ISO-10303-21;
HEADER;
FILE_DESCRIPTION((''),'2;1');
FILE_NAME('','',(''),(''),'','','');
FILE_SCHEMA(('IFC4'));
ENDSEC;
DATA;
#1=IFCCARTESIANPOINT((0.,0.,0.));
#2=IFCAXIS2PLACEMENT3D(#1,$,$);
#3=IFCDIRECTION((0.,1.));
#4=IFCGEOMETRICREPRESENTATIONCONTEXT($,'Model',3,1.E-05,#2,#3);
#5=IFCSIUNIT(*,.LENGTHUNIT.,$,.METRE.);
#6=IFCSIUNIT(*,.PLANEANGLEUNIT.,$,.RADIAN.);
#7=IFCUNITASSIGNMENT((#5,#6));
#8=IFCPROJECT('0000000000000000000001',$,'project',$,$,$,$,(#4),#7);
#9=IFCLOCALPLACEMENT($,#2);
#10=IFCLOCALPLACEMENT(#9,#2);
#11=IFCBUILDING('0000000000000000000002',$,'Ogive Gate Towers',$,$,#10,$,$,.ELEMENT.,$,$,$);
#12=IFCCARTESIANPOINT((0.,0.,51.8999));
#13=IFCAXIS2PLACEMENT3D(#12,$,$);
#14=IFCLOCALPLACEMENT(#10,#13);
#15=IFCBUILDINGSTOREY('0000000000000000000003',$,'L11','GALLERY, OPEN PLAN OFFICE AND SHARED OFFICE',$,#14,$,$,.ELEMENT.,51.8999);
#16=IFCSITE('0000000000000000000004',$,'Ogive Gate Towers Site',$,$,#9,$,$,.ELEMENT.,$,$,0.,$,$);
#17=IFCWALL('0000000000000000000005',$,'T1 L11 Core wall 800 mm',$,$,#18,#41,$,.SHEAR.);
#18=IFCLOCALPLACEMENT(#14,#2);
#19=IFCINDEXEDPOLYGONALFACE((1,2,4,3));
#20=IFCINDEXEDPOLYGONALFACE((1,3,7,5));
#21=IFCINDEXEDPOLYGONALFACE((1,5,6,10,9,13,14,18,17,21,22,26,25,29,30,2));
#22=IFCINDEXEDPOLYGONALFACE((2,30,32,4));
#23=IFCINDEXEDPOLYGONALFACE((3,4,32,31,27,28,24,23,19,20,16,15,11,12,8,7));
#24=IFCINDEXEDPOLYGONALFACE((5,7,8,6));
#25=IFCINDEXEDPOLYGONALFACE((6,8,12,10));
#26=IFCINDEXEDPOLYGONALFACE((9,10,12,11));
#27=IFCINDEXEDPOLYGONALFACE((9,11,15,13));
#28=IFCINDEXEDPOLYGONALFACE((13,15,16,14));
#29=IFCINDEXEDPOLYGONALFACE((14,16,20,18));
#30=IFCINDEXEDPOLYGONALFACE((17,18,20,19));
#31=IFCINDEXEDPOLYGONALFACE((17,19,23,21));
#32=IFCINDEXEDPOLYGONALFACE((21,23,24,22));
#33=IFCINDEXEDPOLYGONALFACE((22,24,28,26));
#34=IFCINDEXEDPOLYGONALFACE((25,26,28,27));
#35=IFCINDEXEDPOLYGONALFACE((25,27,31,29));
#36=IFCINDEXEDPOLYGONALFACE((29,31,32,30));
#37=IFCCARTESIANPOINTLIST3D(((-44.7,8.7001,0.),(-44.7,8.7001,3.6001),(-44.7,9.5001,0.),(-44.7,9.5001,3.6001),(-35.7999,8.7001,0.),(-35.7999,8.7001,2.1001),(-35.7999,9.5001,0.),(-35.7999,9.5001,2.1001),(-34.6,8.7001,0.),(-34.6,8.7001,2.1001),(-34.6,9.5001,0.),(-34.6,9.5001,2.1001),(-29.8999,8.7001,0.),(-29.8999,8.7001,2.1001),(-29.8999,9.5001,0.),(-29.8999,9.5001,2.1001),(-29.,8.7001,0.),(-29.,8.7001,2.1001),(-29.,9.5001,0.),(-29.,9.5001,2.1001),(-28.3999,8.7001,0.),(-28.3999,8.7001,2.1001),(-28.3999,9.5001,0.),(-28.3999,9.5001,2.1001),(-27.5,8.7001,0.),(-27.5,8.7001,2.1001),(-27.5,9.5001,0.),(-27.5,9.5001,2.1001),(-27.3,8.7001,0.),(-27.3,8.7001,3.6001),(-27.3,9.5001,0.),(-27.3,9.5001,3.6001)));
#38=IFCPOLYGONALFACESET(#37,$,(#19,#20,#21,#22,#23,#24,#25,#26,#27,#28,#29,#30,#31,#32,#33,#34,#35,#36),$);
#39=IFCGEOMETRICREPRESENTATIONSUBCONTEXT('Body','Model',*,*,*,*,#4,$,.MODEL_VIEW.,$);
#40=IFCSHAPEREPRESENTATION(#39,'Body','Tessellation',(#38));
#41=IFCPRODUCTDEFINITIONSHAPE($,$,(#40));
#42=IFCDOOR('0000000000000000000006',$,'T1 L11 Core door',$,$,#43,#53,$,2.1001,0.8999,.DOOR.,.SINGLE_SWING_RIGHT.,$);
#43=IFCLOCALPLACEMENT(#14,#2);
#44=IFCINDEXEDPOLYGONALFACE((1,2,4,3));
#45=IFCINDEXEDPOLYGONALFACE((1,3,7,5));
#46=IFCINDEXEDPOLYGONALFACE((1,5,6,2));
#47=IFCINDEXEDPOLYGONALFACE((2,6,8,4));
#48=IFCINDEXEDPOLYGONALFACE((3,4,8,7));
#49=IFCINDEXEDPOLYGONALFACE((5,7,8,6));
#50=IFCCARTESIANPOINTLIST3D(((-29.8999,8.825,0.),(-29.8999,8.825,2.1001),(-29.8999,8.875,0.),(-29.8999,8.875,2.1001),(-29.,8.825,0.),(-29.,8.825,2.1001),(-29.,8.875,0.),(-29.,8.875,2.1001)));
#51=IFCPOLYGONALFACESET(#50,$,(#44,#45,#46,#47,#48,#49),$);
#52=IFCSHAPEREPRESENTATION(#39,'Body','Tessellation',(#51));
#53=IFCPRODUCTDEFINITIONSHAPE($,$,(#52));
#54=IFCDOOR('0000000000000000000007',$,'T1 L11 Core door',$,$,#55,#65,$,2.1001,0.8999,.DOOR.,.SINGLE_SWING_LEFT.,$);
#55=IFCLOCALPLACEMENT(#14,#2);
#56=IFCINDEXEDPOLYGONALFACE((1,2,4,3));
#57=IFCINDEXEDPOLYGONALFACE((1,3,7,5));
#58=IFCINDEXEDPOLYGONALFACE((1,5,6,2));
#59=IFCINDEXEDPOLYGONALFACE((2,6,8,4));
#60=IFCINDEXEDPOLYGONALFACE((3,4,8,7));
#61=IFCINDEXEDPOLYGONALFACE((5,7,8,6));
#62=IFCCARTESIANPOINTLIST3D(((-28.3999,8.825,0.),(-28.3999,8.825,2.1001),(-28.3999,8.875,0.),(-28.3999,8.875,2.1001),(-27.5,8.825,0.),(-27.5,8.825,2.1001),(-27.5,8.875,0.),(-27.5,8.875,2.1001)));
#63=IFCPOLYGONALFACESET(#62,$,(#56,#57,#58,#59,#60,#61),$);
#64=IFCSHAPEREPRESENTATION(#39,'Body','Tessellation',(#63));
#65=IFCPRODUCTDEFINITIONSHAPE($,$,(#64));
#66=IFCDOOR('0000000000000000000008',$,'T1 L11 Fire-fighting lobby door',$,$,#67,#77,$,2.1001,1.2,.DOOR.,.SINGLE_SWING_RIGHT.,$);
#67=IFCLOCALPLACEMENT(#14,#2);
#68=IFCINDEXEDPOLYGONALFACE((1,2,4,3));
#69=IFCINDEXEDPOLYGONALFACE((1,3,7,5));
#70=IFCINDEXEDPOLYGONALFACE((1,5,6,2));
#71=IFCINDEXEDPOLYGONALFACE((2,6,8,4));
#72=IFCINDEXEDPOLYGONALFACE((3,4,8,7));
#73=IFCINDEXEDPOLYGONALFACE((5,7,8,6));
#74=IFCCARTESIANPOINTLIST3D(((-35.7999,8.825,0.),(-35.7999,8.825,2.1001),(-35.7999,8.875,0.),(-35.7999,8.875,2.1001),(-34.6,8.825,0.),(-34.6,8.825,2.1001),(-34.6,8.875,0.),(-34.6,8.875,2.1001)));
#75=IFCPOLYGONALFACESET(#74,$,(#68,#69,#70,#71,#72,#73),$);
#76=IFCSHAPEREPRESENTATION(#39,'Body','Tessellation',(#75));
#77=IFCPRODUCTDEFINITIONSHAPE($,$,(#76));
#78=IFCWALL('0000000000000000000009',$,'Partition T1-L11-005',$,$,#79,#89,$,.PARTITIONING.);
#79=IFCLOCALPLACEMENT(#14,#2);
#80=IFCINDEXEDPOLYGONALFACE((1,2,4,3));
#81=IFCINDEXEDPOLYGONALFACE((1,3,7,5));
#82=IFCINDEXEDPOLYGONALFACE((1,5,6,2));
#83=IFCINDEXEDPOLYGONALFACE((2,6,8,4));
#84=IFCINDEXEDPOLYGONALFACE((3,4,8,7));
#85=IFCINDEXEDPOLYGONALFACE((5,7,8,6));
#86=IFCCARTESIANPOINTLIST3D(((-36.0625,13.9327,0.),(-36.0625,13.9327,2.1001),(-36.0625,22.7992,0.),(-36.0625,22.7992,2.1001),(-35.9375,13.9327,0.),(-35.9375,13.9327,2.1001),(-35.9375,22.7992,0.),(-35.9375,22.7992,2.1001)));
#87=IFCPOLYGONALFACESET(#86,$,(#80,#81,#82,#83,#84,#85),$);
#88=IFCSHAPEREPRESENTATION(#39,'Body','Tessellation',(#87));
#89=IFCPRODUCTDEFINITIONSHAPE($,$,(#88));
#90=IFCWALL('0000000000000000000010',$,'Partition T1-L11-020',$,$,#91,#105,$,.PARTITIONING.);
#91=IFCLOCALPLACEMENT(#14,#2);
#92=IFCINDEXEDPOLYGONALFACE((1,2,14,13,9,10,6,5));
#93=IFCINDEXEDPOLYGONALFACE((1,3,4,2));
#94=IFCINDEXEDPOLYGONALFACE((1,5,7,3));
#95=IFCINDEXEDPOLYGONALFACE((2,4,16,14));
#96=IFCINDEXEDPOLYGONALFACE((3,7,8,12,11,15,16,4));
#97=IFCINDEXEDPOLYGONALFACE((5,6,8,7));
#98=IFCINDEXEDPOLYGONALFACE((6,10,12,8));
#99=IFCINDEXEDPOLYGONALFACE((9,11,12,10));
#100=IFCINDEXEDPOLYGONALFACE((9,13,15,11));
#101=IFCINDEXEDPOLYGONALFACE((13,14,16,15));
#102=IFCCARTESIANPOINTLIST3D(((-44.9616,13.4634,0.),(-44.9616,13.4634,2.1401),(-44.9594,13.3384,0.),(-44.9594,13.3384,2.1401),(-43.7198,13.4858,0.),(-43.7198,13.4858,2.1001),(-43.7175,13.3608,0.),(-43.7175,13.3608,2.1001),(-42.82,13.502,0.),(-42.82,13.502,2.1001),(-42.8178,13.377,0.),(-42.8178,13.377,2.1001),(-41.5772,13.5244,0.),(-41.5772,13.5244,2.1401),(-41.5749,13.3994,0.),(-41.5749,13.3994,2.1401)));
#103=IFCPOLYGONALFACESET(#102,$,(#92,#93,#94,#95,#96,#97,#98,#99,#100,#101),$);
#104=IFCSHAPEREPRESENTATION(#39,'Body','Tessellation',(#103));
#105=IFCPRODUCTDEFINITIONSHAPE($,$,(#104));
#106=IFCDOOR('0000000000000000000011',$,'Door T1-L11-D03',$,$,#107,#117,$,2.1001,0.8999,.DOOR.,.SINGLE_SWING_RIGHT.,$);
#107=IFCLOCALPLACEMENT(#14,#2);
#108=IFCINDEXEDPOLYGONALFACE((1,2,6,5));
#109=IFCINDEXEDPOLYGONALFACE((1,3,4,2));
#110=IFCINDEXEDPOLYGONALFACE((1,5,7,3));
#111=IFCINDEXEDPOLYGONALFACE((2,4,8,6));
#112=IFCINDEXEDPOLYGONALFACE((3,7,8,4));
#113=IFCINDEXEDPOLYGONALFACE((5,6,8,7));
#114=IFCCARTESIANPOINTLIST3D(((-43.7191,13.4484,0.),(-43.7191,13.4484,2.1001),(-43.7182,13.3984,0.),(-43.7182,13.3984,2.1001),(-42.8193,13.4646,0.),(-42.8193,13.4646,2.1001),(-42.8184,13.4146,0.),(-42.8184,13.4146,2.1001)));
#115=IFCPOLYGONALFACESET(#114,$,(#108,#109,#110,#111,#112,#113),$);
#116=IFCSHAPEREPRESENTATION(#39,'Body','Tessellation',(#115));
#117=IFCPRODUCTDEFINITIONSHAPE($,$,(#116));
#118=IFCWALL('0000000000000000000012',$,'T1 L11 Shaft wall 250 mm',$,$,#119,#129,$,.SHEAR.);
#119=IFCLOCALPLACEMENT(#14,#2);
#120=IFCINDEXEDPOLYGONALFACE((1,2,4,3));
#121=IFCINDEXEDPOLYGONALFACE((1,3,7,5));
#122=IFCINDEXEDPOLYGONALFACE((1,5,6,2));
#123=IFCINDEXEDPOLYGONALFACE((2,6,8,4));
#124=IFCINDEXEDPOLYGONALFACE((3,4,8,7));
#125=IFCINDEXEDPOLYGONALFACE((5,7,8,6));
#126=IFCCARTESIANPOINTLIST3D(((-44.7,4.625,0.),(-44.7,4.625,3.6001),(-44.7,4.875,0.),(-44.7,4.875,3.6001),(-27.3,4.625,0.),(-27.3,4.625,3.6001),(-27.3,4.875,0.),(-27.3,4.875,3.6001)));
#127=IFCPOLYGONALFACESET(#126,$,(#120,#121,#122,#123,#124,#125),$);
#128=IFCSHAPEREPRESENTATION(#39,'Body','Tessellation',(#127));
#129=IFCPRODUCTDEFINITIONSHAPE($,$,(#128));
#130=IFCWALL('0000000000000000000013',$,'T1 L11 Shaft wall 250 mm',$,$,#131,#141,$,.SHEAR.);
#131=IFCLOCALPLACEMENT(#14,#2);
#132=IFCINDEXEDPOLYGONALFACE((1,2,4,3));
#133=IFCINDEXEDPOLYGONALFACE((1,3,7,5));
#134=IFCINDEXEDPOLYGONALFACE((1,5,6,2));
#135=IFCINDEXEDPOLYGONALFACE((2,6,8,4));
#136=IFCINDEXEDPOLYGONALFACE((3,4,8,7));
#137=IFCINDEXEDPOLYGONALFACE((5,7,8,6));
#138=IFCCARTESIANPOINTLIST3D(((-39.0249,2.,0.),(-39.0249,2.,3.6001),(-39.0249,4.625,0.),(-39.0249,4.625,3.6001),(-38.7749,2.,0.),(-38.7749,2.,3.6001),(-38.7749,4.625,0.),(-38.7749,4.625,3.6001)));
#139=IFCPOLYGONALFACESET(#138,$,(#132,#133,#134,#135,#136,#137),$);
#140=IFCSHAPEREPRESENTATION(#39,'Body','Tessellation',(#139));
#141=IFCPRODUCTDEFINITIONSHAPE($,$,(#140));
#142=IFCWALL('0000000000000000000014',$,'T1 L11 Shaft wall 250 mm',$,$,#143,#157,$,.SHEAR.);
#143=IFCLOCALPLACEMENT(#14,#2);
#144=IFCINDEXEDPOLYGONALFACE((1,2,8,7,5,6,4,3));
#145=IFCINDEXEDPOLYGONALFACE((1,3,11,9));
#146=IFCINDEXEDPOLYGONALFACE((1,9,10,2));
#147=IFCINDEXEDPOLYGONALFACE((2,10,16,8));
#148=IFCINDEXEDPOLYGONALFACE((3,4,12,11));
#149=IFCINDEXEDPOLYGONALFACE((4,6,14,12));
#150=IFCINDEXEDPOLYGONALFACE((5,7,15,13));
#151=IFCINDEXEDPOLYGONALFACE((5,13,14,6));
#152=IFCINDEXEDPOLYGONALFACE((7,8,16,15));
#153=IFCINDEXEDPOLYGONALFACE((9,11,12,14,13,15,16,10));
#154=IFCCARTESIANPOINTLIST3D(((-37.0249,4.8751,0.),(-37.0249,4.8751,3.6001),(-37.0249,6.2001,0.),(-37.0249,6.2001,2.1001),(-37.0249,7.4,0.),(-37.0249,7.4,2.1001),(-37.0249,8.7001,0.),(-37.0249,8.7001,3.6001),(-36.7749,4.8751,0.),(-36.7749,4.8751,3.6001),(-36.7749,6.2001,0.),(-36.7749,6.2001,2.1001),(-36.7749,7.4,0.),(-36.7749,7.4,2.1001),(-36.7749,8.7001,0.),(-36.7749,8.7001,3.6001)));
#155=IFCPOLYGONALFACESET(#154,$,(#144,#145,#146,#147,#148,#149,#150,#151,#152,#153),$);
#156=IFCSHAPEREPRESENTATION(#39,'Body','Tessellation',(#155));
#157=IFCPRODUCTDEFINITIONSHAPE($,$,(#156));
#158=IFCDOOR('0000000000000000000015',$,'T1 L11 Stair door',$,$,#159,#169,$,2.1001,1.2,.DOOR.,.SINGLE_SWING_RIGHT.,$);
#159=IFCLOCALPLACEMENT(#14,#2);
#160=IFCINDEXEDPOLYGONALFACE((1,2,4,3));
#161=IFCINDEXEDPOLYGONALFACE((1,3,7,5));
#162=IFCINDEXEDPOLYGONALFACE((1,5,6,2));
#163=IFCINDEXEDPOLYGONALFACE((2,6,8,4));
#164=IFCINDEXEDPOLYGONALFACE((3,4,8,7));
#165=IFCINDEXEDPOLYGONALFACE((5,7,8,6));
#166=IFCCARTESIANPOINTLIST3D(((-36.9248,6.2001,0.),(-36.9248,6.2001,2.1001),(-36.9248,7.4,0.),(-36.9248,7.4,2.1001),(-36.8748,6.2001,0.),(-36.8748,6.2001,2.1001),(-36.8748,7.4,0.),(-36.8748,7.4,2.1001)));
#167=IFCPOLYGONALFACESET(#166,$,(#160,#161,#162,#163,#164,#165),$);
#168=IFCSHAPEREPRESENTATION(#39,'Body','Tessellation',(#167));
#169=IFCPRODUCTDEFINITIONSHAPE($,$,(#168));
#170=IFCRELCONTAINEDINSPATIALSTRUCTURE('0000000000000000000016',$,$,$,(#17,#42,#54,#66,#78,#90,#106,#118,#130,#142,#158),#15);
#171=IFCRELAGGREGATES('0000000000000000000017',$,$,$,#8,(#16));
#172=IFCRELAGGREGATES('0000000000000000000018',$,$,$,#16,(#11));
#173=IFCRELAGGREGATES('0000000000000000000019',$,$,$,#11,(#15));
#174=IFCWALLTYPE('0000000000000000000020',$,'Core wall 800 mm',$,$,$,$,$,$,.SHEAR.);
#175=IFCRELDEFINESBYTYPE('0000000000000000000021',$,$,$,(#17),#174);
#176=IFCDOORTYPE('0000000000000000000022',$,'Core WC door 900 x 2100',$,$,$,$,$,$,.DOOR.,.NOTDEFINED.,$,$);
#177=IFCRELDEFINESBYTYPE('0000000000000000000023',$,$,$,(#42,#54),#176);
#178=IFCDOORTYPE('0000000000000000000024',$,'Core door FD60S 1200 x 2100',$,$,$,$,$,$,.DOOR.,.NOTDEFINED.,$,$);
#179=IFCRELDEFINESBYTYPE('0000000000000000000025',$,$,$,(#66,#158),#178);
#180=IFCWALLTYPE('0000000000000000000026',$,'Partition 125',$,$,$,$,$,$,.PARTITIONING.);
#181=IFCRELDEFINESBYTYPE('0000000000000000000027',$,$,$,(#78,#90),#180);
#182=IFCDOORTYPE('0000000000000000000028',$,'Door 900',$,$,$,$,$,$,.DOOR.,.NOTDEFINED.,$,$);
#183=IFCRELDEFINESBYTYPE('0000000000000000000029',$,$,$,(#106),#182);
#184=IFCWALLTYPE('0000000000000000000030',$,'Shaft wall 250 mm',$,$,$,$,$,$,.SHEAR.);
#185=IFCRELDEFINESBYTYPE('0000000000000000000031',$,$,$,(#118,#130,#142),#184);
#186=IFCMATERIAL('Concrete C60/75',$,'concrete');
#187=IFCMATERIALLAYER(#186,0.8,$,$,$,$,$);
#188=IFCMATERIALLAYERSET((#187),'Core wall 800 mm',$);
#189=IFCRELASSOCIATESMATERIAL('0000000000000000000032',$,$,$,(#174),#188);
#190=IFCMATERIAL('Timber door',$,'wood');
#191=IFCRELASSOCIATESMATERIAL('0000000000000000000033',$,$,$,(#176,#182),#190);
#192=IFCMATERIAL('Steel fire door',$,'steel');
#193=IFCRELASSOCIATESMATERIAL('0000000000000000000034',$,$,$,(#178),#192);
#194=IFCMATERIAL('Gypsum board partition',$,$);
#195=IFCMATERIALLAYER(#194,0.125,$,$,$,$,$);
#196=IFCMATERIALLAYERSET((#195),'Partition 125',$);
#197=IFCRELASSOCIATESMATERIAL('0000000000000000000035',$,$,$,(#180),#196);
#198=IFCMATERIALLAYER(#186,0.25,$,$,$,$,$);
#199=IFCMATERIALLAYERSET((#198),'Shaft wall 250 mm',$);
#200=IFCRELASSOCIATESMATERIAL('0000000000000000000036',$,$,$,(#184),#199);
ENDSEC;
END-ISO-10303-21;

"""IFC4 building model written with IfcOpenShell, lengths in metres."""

from ifc_helpers import new_model, si_unit, direction, frame, frame_2d, origin, place, context, subcontext, project, spatial, rectangle, extrude, material, layer, layer_set, type_object, element, fill, save


model = new_model("IFC4")

# Units and contexts
model_context = context("Model", 3, precision=1e-05, world=origin(), true_north=direction((0.0, 1.0)))
body_context = subcontext(model_context, "Body", "Model", "MODEL_VIEW")
ifc_project = project(units=[si_unit("LENGTHUNIT", "METRE"), si_unit("PLANEANGLEUNIT", "RADIAN")], contexts=[model_context])

# Site, building, storey
site_placement = place(None, origin())
site = spatial("IfcSite", under=ifc_project, at=site_placement, Name="Ogive Gate Towers Site", CompositionType="ELEMENT", RefElevation=0.0)
building_placement = place(site_placement, origin())
building = spatial("IfcBuilding", under=site, at=building_placement, Name="Ogive Gate Towers", CompositionType="ELEMENT")
storey_placement = place(building_placement, frame((0.0, 0.0, 51.8999)))
storey = spatial("IfcBuildingStorey", under=building, at=storey_placement, Name="L11", Description="GALLERY, OPEN PLAN OFFICE AND SHARED OFFICE", CompositionType="ELEMENT", Elevation=51.8999)

# Wall, openings, doors
ifc_material_1 = material(Name="Concrete C60/75", Category="concrete")
ifc_layer_1 = layer(ifc_material_1, 0.8)
ifc_layer_set_1 = layer_set([ifc_layer_1], Name="Core wall 800 mm")
wall_type_1 = type_object("IfcWallType", Name="Core wall 800 mm", PredefinedType="SHEAR", material=ifc_layer_set_1)
wall_1_placement = place(storey_placement, frame((-44.7, 9.1001, 0.0), z_axis=(0.0, 0.0, 1.0), x_axis=(1.0, 0.0, 0.0)))
wall_1 = element("IfcWall", 1, at=wall_1_placement, inside=storey, type_object=wall_type_1, Name="T1 L11 Core wall 800 mm", PredefinedType="SHEAR", context=body_context, shape_type="SweptSolid", body=[
    extrude(rectangle(XDim=17.3999, YDim=0.8, at=frame_2d((8.7, 0.0))), origin(), (0.0, 0.0, 1.0), 3.6001),
])
opening_1_placement = place(wall_1_placement, frame((8.8999, 0.0, 0.0)))
opening_1 = element("IfcOpeningElement", 2, at=opening_1_placement, cuts=wall_1, PredefinedType="OPENING", context=body_context, shape_type="SweptSolid", body=[
    extrude(rectangle(XDim=1.2, YDim=2.1001, at=frame_2d((0.6001, 1.05))), frame((0.0, 0.4102, 0.0), z_axis=(0.0, -1.0, 0.0), x_axis=(1.0, 0.0, 0.0)), (0.0, 0.0, 1.0), 0.8201),
])
opening_2_placement = place(wall_1_placement, frame((14.8, 0.0, 0.0)))
opening_2 = element("IfcOpeningElement", 3, at=opening_2_placement, cuts=wall_1, PredefinedType="OPENING", context=body_context, shape_type="SweptSolid", body=[
    extrude(rectangle(XDim=0.8999, YDim=2.1001, at=frame_2d((0.45, 1.05))), frame((0.0, 0.4102, 0.0), z_axis=(0.0, -1.0, 0.0), x_axis=(1.0, 0.0, 0.0)), (0.0, 0.0, 1.0), 0.8201),
])
opening_3_placement = place(wall_1_placement, frame((16.3, 0.0, 0.0)))
opening_3 = element("IfcOpeningElement", 4, at=opening_3_placement, cuts=wall_1, PredefinedType="OPENING", context=body_context, shape_type="SweptSolid", body=[
    extrude(rectangle(XDim=0.8999, YDim=2.1001, at=frame_2d((0.45, 1.05))), frame((0.0, 0.4102, 0.0), z_axis=(0.0, -1.0, 0.0), x_axis=(1.0, 0.0, 0.0)), (0.0, 0.0, 1.0), 0.8201),
])
ifc_material_2 = material(Name="Timber door", Category="wood")
door_type_1 = type_object("IfcDoorType", Name="Core WC door 900 x 2100", OperationType="NOTDEFINED", PredefinedType="DOOR", material=ifc_material_2)
door_1_placement = place(opening_2_placement, origin())
door_1 = element("IfcDoor", 5, at=door_1_placement, inside=storey, type_object=door_type_1, Name="T1 L11 Core door", OperationType="SINGLE_SWING_RIGHT", OverallHeight=2.1001, OverallWidth=0.8999, PredefinedType="DOOR", context=body_context, shape_type="SweptSolid", body=[
    extrude(rectangle(XDim=0.8999, YDim=2.1001, at=frame_2d((0.45, 1.05))), frame((0.0, -0.2251, 0.0), z_axis=(0.0, -1.0, 0.0), x_axis=(1.0, 0.0, 0.0)), (0.0, 0.0, 1.0), 0.05),
])
fill(opening_2, door_1)
door_2_placement = place(opening_3_placement, origin())
door_2 = element("IfcDoor", 6, at=door_2_placement, inside=storey, type_object=door_type_1, Name="T1 L11 Core door", OperationType="SINGLE_SWING_LEFT", OverallHeight=2.1001, OverallWidth=0.8999, PredefinedType="DOOR", context=body_context, shape_type="SweptSolid", body=[
    extrude(rectangle(XDim=0.8999, YDim=2.1001, at=frame_2d((0.45, 1.05))), frame((0.0, -0.2251, 0.0), z_axis=(0.0, -1.0, 0.0), x_axis=(1.0, 0.0, 0.0)), (0.0, 0.0, 1.0), 0.05),
])
fill(opening_3, door_2)
ifc_material_3 = material(Name="Steel fire door", Category="steel")
door_type_2 = type_object("IfcDoorType", Name="Core door FD60S 1200 x 2100", OperationType="NOTDEFINED", PredefinedType="DOOR", material=ifc_material_3)
door_3_placement = place(opening_1_placement, origin())
door_3 = element("IfcDoor", 7, at=door_3_placement, inside=storey, type_object=door_type_2, Name="T1 L11 Fire-fighting lobby door", OperationType="SINGLE_SWING_RIGHT", OverallHeight=2.1001, OverallWidth=1.2, PredefinedType="DOOR", context=body_context, shape_type="SweptSolid", body=[
    extrude(rectangle(XDim=1.2, YDim=2.1001, at=frame_2d((0.6001, 1.05))), frame((0.0, -0.2251, 0.0), z_axis=(0.0, -1.0, 0.0), x_axis=(1.0, 0.0, 0.0)), (0.0, 0.0, 1.0), 0.05),
])
fill(opening_1, door_3)

# Wall
ifc_material_4 = material(Name="Gypsum board partition")
ifc_layer_2 = layer(ifc_material_4, 0.125)
ifc_layer_set_2 = layer_set([ifc_layer_2], Name="Partition 125")
wall_type_2 = type_object("IfcWallType", Name="Partition 125", PredefinedType="PARTITIONING", material=ifc_layer_set_2)
wall_2_placement = place(storey_placement, frame((-36.0, 22.7991, 0.0), z_axis=(0.0, 0.0, 1.0), x_axis=(0.0, -1.0, 0.0)))
element("IfcWall", 8, at=wall_2_placement, inside=storey, type_object=wall_type_2, Name="Partition T1-L11-005", PredefinedType="PARTITIONING", context=body_context, shape_type="SweptSolid", body=[
    extrude(rectangle(XDim=8.8665, YDim=0.125, at=frame_2d((4.4331, 0.0))), origin(), (0.0, 0.0, 1.0), 2.1001),
])

# Wall, opening, door
wall_3_placement = place(storey_placement, frame((-41.5762, 13.4619, 0.0), z_axis=(0.0, 0.0, 1.0), x_axis=(-0.999837, -0.018031, 0.0)))
wall_3 = element("IfcWall", 9, at=wall_3_placement, inside=storey, type_object=wall_type_2, Name="Partition T1-L11-020", PredefinedType="PARTITIONING", context=body_context, shape_type="SweptSolid", body=[
    extrude(rectangle(XDim=3.385, YDim=0.125, at=frame_2d((1.6924, 0.0))), origin(), (0.0, 0.0, 1.0), 2.1401),
])
opening_4_placement = place(wall_3_placement, frame((1.2429, 0.0, 0.0)))
opening_4 = element("IfcOpeningElement", 10, at=opening_4_placement, cuts=wall_3, PredefinedType="OPENING", context=body_context, shape_type="SweptSolid", body=[
    extrude(rectangle(XDim=0.8999, YDim=2.1001, at=frame_2d((0.45, 1.05))), frame((0.0, 0.0725, 0.0), z_axis=(0.0, -1.0, 0.0), x_axis=(1.0, 0.0, 0.0)), (0.0, 0.0, 1.0), 0.145),
])
door_type_3 = type_object("IfcDoorType", Name="Door 900", OperationType="NOTDEFINED", PredefinedType="DOOR", material=ifc_material_2)
door_4_placement = place(opening_4_placement, origin())
door_4 = element("IfcDoor", 11, at=door_4_placement, inside=storey, type_object=door_type_3, Name="Door T1-L11-D03", OperationType="SINGLE_SWING_RIGHT", OverallHeight=2.1001, OverallWidth=0.8999, PredefinedType="DOOR", context=body_context, shape_type="SweptSolid", body=[
    extrude(rectangle(XDim=0.8999, YDim=2.1001, at=frame_2d((0.45, 1.05))), frame((0.0, 0.0249, 0.0), z_axis=(0.0, -1.0, 0.0), x_axis=(1.0, 0.0, 0.0)), (0.0, 0.0, 1.0), 0.05),
])
fill(opening_4, door_4)

# Walls
ifc_layer_3 = layer(ifc_material_1, 0.25)
ifc_layer_set_3 = layer_set([ifc_layer_3], Name="Shaft wall 250 mm")
wall_type_3 = type_object("IfcWallType", Name="Shaft wall 250 mm", PredefinedType="SHEAR", material=ifc_layer_set_3)
wall_4_placement = place(storey_placement, frame((-44.7, 4.75, 0.0), z_axis=(0.0, 0.0, 1.0), x_axis=(1.0, 0.0, 0.0)))
element("IfcWall", 12, at=wall_4_placement, inside=storey, type_object=wall_type_3, Name="T1 L11 Shaft wall 250 mm", PredefinedType="SHEAR", context=body_context, shape_type="SweptSolid", body=[
    extrude(rectangle(XDim=17.3999, YDim=0.25, at=frame_2d((8.7, 0.0))), origin(), (0.0, 0.0, 1.0), 3.6001),
])
wall_5_placement = place(storey_placement, frame((-38.8999, 2.0, 0.0), z_axis=(0.0, 0.0, 1.0), x_axis=(0.0, 1.0, 0.0)))
element("IfcWall", 13, at=wall_5_placement, inside=storey, type_object=wall_type_3, Name="T1 L11 Shaft wall 250 mm", PredefinedType="SHEAR", context=body_context, shape_type="SweptSolid", body=[
    extrude(rectangle(XDim=2.625, YDim=0.25, at=frame_2d((1.3125, 0.0))), origin(), (0.0, 0.0, 1.0), 3.6001),
])

# Wall, opening, door
wall_6_placement = place(storey_placement, frame((-36.8999, 4.875, 0.0), z_axis=(0.0, 0.0, 1.0), x_axis=(0.0, 1.0, 0.0)))
wall_6 = element("IfcWall", 14, at=wall_6_placement, inside=storey, type_object=wall_type_3, Name="T1 L11 Shaft wall 250 mm", PredefinedType="SHEAR", context=body_context, shape_type="SweptSolid", body=[
    extrude(rectangle(XDim=3.825, YDim=0.25, at=frame_2d((1.9126, 0.0))), origin(), (0.0, 0.0, 1.0), 3.6001),
])
opening_5_placement = place(wall_6_placement, frame((1.325, 0.0, 0.0)))
opening_5 = element("IfcOpeningElement", 15, at=opening_5_placement, cuts=wall_6, PredefinedType="OPENING", context=body_context, shape_type="SweptSolid", body=[
    extrude(rectangle(XDim=1.2, YDim=2.1001, at=frame_2d((0.6001, 1.05))), frame((0.0, 0.135, 0.0), z_axis=(0.0, -1.0, 0.0), x_axis=(1.0, 0.0, 0.0)), (0.0, 0.0, 1.0), 0.27),
])
door_5_placement = place(opening_5_placement, origin())
door_5 = element("IfcDoor", 16, at=door_5_placement, inside=storey, type_object=door_type_2, Name="T1 L11 Stair door", OperationType="SINGLE_SWING_RIGHT", OverallHeight=2.1001, OverallWidth=1.2, PredefinedType="DOOR", context=body_context, shape_type="SweptSolid", body=[
    extrude(rectangle(XDim=1.2, YDim=2.1001, at=frame_2d((0.6001, 1.05))), frame((0.0, 0.0249, 0.0), z_axis=(0.0, -1.0, 0.0), x_axis=(1.0, 0.0, 0.0)), (0.0, 0.0, 1.0), 0.05),
])
fill(opening_5, door_5)

save(model, "model.ifc")
